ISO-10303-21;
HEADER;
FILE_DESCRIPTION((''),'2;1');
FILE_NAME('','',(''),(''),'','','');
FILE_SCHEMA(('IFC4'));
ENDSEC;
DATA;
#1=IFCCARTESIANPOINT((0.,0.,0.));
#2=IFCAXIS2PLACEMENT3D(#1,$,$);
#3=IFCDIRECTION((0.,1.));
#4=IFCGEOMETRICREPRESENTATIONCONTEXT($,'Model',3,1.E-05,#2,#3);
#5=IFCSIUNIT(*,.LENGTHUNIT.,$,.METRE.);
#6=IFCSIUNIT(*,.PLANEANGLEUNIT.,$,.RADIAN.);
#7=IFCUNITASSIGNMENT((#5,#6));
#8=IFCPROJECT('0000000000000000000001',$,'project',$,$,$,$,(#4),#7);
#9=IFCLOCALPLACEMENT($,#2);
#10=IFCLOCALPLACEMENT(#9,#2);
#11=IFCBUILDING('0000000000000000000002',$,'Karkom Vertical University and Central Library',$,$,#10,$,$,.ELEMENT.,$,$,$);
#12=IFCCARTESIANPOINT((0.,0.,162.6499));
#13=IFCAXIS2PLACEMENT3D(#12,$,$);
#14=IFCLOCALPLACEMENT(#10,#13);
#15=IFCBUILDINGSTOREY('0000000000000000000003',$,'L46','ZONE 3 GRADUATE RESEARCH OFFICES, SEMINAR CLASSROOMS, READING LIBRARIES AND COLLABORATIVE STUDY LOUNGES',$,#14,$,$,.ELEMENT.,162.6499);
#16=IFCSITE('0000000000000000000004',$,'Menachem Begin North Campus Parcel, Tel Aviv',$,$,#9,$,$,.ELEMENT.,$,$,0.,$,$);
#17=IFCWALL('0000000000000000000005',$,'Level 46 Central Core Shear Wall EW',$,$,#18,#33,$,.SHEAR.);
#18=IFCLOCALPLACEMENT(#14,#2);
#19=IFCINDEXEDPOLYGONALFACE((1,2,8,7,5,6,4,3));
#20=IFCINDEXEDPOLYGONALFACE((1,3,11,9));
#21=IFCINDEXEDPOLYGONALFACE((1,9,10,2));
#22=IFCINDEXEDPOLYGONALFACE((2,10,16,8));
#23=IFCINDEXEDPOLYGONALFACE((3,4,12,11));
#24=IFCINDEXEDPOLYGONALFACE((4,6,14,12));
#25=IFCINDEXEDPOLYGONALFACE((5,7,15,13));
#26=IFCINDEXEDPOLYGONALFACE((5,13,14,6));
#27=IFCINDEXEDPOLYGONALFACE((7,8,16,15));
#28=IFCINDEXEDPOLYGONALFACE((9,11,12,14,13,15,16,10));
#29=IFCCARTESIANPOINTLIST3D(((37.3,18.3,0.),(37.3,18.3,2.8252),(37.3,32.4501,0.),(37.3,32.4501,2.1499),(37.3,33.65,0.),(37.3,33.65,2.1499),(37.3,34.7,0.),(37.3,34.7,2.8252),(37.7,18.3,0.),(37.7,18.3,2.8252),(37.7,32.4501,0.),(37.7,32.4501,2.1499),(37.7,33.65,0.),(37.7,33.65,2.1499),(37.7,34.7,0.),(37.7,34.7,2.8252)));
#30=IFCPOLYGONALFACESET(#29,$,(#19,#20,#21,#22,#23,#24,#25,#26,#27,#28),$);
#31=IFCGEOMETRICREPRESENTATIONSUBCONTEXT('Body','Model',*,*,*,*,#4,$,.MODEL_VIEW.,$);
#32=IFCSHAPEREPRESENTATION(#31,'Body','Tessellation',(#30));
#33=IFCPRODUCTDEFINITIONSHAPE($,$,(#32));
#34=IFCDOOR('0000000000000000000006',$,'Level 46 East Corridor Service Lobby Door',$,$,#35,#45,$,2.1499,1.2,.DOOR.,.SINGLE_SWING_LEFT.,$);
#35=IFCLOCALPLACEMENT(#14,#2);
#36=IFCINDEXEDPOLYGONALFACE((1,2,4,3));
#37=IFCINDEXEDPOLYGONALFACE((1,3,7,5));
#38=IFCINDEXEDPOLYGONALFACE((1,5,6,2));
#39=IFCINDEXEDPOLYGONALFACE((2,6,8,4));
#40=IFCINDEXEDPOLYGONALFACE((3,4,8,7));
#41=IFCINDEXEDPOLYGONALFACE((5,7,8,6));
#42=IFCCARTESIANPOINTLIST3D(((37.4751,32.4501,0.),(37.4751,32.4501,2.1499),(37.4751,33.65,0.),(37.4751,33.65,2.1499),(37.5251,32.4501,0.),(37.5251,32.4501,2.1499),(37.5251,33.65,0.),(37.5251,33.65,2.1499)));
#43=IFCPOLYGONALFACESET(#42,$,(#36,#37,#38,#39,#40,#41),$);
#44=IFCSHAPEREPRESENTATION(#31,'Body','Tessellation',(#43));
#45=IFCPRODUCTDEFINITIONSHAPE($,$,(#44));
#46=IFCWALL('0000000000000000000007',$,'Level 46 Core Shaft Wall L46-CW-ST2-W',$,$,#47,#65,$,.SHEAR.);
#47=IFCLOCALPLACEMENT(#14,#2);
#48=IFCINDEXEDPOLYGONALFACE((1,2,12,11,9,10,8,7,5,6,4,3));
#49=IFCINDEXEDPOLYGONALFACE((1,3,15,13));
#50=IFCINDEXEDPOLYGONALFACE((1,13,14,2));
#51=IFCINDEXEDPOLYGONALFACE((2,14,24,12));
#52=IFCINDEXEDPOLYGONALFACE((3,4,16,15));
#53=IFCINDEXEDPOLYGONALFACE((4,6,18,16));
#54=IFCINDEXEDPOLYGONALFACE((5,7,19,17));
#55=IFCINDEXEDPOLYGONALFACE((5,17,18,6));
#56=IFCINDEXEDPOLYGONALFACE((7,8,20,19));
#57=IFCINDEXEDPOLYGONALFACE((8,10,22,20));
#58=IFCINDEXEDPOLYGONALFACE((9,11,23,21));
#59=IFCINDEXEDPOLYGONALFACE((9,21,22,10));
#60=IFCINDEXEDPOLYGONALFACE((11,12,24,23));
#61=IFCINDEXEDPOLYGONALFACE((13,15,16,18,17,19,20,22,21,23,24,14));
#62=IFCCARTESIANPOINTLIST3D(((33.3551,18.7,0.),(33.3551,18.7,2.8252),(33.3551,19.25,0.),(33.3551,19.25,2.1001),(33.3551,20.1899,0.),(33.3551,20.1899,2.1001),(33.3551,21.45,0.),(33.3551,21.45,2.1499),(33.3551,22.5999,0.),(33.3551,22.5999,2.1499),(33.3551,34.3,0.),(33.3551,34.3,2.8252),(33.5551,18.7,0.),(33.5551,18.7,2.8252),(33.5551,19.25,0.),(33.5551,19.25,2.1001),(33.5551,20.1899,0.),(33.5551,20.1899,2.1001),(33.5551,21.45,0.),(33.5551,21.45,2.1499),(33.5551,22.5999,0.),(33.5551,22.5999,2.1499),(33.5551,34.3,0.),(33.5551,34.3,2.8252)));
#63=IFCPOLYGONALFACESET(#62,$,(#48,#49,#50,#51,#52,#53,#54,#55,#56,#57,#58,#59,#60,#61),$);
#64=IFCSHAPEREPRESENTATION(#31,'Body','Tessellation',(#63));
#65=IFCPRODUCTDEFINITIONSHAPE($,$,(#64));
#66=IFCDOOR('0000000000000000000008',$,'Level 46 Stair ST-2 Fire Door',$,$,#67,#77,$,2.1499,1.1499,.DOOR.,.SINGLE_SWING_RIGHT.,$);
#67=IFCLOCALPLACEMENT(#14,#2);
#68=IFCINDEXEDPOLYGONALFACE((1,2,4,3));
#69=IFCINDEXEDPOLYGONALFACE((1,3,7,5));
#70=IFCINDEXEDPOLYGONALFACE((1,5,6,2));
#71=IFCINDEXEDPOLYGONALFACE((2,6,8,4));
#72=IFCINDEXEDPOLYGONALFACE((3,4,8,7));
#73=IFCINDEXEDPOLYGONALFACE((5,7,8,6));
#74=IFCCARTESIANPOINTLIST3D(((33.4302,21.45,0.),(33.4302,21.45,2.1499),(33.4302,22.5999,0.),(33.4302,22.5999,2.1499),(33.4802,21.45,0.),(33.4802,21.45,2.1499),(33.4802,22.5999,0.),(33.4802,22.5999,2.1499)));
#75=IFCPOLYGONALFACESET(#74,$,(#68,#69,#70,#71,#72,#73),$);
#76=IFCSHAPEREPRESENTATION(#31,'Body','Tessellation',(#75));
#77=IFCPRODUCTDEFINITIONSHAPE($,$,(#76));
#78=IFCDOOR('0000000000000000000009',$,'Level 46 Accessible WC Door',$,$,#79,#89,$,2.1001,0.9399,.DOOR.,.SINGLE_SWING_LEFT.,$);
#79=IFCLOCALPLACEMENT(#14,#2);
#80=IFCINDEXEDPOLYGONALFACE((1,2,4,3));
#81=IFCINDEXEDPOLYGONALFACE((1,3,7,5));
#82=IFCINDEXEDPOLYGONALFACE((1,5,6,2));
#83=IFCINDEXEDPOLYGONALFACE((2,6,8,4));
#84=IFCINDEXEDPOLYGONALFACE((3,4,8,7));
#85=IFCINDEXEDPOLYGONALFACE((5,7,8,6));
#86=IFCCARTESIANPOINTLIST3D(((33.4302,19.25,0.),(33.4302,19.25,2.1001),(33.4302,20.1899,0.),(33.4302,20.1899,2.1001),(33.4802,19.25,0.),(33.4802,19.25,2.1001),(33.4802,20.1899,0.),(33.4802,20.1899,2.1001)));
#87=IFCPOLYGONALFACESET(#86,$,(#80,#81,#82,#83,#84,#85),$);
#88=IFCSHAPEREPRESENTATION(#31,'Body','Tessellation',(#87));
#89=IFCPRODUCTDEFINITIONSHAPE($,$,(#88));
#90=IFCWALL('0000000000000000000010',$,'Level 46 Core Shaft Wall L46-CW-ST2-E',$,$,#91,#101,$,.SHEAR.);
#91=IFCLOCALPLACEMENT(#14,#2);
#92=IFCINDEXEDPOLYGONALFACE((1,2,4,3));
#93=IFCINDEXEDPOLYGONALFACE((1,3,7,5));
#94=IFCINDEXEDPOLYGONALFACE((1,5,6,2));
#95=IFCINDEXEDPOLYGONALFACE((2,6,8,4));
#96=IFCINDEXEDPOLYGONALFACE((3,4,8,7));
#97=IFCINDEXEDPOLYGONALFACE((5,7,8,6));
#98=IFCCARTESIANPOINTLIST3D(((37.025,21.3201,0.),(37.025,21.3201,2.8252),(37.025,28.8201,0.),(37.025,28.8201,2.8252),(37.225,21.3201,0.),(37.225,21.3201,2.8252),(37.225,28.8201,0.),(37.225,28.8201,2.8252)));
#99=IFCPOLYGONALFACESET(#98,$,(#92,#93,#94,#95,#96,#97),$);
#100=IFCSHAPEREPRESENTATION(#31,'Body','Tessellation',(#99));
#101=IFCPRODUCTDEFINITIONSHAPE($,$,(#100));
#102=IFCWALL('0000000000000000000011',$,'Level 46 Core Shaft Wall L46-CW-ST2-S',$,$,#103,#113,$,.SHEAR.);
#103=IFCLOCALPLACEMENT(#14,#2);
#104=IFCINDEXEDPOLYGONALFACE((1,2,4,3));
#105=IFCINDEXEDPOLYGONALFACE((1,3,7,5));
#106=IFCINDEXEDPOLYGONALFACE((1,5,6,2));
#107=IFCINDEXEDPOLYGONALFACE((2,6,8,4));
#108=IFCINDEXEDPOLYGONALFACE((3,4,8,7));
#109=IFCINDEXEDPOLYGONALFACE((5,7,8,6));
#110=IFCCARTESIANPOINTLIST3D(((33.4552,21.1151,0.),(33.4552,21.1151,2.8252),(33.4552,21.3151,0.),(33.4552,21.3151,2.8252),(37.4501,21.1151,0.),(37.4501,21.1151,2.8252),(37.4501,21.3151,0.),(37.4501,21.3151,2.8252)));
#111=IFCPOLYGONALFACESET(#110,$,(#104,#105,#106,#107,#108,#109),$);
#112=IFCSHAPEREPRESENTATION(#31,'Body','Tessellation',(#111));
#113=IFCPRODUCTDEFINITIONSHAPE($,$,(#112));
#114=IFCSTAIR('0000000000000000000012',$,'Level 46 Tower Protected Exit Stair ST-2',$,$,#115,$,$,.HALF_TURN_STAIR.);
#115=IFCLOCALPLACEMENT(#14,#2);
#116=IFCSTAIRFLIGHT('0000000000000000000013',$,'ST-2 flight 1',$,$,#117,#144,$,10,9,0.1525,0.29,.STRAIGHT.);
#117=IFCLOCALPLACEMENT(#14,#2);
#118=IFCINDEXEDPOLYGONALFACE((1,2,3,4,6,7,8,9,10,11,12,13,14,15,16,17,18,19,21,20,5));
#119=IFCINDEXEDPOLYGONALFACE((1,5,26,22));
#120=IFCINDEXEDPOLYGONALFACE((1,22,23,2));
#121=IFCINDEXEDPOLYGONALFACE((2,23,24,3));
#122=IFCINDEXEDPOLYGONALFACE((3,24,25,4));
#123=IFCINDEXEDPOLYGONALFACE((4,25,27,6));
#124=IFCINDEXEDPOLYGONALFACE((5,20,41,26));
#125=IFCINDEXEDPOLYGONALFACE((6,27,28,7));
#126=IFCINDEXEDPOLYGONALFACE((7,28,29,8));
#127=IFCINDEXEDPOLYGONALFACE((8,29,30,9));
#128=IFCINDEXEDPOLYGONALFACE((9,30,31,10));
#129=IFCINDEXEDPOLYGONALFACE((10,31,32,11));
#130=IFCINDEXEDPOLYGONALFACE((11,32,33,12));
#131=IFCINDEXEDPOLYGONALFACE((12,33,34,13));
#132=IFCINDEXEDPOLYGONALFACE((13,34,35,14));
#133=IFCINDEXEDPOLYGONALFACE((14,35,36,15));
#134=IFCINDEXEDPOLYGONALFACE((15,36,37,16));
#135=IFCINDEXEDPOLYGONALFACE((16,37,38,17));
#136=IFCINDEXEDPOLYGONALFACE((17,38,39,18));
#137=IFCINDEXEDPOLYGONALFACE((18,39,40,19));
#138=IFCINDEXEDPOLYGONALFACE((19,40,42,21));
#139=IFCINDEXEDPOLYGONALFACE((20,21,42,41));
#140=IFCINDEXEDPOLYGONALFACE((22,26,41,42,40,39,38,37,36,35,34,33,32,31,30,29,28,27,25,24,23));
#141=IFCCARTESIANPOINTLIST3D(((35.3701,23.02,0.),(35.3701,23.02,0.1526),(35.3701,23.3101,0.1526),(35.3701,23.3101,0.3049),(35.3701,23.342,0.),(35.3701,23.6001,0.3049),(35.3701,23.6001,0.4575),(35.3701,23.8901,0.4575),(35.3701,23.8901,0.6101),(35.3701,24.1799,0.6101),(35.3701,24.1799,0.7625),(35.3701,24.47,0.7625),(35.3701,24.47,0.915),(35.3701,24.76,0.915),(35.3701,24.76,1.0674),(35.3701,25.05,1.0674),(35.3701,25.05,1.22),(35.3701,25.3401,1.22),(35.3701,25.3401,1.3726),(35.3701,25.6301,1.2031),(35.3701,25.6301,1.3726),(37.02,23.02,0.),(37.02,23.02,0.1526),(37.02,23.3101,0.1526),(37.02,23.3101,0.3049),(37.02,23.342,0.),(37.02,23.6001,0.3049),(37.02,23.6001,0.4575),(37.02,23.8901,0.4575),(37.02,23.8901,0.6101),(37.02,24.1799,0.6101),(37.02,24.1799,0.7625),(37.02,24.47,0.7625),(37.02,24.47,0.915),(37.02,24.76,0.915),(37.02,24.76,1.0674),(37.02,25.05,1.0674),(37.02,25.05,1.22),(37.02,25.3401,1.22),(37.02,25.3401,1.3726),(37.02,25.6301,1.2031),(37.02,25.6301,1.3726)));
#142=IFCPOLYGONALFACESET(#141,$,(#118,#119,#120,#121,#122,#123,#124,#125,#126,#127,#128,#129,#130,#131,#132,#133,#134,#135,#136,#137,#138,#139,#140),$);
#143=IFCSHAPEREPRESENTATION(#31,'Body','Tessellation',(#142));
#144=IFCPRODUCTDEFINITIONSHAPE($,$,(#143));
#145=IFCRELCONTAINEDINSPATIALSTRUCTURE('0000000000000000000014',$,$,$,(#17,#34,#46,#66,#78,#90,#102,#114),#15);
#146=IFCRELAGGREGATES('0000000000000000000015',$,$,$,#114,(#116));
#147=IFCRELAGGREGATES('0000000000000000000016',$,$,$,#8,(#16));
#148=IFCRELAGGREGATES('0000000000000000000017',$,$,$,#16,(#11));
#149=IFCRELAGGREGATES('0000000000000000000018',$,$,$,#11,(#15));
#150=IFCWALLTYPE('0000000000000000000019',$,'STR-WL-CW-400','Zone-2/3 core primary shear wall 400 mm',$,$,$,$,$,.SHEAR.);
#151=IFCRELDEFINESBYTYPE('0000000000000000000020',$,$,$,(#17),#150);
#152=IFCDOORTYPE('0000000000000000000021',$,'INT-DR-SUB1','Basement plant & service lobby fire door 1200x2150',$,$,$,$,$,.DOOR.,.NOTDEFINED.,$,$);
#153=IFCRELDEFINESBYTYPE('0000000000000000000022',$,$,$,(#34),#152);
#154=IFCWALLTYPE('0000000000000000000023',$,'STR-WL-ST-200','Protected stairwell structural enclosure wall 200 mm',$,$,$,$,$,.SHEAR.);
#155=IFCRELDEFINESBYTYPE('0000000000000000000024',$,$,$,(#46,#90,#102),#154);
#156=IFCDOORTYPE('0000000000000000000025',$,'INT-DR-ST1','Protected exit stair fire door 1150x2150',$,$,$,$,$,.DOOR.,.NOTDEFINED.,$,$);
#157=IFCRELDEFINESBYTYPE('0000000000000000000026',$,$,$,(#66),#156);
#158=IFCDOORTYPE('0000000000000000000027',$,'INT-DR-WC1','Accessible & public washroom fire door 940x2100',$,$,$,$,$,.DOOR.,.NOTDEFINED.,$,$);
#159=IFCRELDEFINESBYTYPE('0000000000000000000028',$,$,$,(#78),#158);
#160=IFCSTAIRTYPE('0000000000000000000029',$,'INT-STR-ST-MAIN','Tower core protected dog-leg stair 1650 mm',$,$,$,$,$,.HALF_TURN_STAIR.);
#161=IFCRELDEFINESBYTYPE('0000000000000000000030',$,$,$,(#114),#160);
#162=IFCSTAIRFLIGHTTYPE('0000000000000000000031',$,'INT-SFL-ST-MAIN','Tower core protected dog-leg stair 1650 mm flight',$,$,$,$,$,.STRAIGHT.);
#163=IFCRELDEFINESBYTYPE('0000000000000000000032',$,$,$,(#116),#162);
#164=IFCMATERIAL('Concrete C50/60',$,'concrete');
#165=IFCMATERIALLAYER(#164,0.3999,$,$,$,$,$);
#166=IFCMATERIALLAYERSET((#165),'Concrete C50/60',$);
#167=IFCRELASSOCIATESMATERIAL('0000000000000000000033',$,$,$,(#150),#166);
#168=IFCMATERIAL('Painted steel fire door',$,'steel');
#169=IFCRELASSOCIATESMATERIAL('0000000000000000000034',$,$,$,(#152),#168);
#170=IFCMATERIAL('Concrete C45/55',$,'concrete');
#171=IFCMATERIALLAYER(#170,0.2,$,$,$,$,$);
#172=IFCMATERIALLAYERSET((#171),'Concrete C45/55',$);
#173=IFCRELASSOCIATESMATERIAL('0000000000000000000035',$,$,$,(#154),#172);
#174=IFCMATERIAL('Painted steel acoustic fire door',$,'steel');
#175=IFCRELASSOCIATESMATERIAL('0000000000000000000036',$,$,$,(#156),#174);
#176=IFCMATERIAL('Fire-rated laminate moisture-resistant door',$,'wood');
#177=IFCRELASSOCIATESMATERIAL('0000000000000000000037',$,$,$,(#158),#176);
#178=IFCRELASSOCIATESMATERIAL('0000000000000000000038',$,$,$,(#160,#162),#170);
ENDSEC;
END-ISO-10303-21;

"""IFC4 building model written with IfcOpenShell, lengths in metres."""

from ifc_helpers import new_model, si_unit, direction, frame, frame_2d, origin, origin_with_axes, place, context, subcontext, project, spatial, polyline, rectangle, outline, extrude, source, transform, mapped, material, layer, layer_set, type_object, element, fill, aggregate, save


model = new_model("IFC4")

# Units and contexts
model_context = context("Model", 3, precision=1e-05, world=origin(), true_north=direction((0.0, 1.0)))
body_context = subcontext(model_context, "Body", "Model", "MODEL_VIEW")
ifc_project = project(units=[si_unit("LENGTHUNIT", "METRE"), si_unit("PLANEANGLEUNIT", "RADIAN")], contexts=[model_context])

# Site, building, storey
site_placement = place(None, origin())
site = spatial("IfcSite", under=ifc_project, at=site_placement, Name="Menachem Begin North Campus Parcel, Tel Aviv", CompositionType="ELEMENT", RefElevation=0.0)
building_placement = place(site_placement, origin())
building = spatial("IfcBuilding", under=site, at=building_placement, Name="Karkom Vertical University and Central Library", CompositionType="ELEMENT")
storey_placement = place(building_placement, frame((0.0, 0.0, 162.6499)))
storey = spatial("IfcBuildingStorey", under=building, at=storey_placement, Name="L46", Description="ZONE 3 GRADUATE RESEARCH OFFICES, SEMINAR CLASSROOMS, READING LIBRARIES AND COLLABORATIVE STUDY LOUNGES", CompositionType="ELEMENT", Elevation=162.6499)

# Shared definitions
ifc_material_1 = material(Name="Concrete C50/60", Category="concrete")

# Wall, opening, door
ifc_layer_1 = layer(ifc_material_1, 0.3999)
ifc_layer_set_1 = layer_set([ifc_layer_1], Name="Concrete C50/60")
wall_type_1 = type_object("IfcWallType", Name="STR-WL-CW-400", Description="Zone-2/3 core primary shear wall 400 mm", PredefinedType="SHEAR", material=ifc_layer_set_1)
wall_1_placement = place(storey_placement, frame((37.5, 18.3, 0.0), z_axis=(0.0, 0.0, 1.0), x_axis=(0.0, 1.0, 0.0)))
wall_1 = element("IfcWall", 1, at=wall_1_placement, inside=storey, type_object=wall_type_1, Name="Level 46 Central Core Shear Wall EW", PredefinedType="SHEAR", context=body_context, shape_type="SweptSolid", body=[
    extrude(rectangle(XDim=16.3999, YDim=0.3999, at=frame_2d((8.2, 0.0))), origin(), (0.0, 0.0, 1.0), 2.8252),
])
opening_1_placement = place(wall_1_placement, frame((14.1499, 0.0, 0.0)))
opening_1 = element("IfcOpeningElement", 2, at=opening_1_placement, cuts=wall_1, PredefinedType="OPENING", context=body_context, shape_type="SweptSolid", body=[
    extrude(rectangle(XDim=1.2, YDim=2.1499, at=frame_2d((0.6001, 1.075))), frame((0.0, 0.21, 0.0), z_axis=(0.0, -1.0, 0.0), x_axis=(1.0, 0.0, 0.0)), (0.0, 0.0, 1.0), 0.4199),
])
ifc_material_2 = material(Name="Painted steel fire door", Category="steel")
door_type_1 = type_object("IfcDoorType", Name="INT-DR-SUB1", Description="Basement plant & service lobby fire door 1200x2150", OperationType="NOTDEFINED", PredefinedType="DOOR", material=ifc_material_2)
shared_shape_1 = source(origin_with_axes(), body_context, "Body", "SweptSolid", [
    extrude(rectangle(XDim=1.2, YDim=2.1499, at=frame_2d((0.6001, 1.075))), frame((0.0, 0.0249, 0.0), z_axis=(0.0, -1.0, 0.0), x_axis=(1.0, 0.0, 0.0)), (0.0, 0.0, 1.0), 0.05),
])
door_1_placement = place(opening_1_placement, origin())
door_1 = element("IfcDoor", 3, at=door_1_placement, inside=storey, type_object=door_type_1, Name="Level 46 East Corridor Service Lobby Door", OperationType="SINGLE_SWING_LEFT", OverallHeight=2.1499, OverallWidth=1.2, PredefinedType="DOOR", context=body_context, shape_type="MappedRepresentation", body=[
    mapped(shared_shape_1, transform((0.0, 0.0, 0.0), scale=1.0)),
])
fill(opening_1, door_1)

# Wall, openings, doors
ifc_material_3 = material(Name="Concrete C45/55", Category="concrete")
ifc_layer_2 = layer(ifc_material_3, 0.2)
ifc_layer_set_2 = layer_set([ifc_layer_2], Name="Concrete C45/55")
wall_type_2 = type_object("IfcWallType", Name="STR-WL-ST-200", Description="Protected stairwell structural enclosure wall 200 mm", PredefinedType="SHEAR", material=ifc_layer_set_2)
wall_2_placement = place(storey_placement, frame((33.4551, 18.7, 0.0), z_axis=(0.0, 0.0, 1.0), x_axis=(0.0, 1.0, 0.0)))
wall_2 = element("IfcWall", 4, at=wall_2_placement, inside=storey, type_object=wall_type_2, Name="Level 46 Core Shaft Wall L46-CW-ST2-W", PredefinedType="SHEAR", context=body_context, shape_type="SweptSolid", body=[
    extrude(rectangle(XDim=15.6001, YDim=0.2, at=frame_2d((7.8, 0.0))), origin(), (0.0, 0.0, 1.0), 2.8252),
])
opening_2_placement = place(wall_2_placement, frame((2.75, 0.0, 0.0)))
opening_2 = element("IfcOpeningElement", 5, at=opening_2_placement, cuts=wall_2, PredefinedType="OPENING", context=body_context, shape_type="SweptSolid", body=[
    extrude(rectangle(XDim=1.1499, YDim=2.1499, at=frame_2d((0.575, 1.075))), frame((0.0, 0.1099, 0.0), z_axis=(0.0, -1.0, 0.0), x_axis=(1.0, 0.0, 0.0)), (0.0, 0.0, 1.0), 0.22),
])
opening_3_placement = place(wall_2_placement, frame((0.55, 0.0, 0.0)))
opening_3 = element("IfcOpeningElement", 6, at=opening_3_placement, cuts=wall_2, PredefinedType="OPENING", context=body_context, shape_type="SweptSolid", body=[
    extrude(rectangle(XDim=0.9399, YDim=2.1001, at=frame_2d((0.47, 1.05))), frame((0.0, 0.1099, 0.0), z_axis=(0.0, -1.0, 0.0), x_axis=(1.0, 0.0, 0.0)), (0.0, 0.0, 1.0), 0.22),
])
ifc_material_4 = material(Name="Painted steel acoustic fire door", Category="steel")
door_type_2 = type_object("IfcDoorType", Name="INT-DR-ST1", Description="Protected exit stair fire door 1150x2150", OperationType="NOTDEFINED", PredefinedType="DOOR", material=ifc_material_4)
shared_shape_2 = source(origin_with_axes(), body_context, "Body", "SweptSolid", [
    extrude(rectangle(XDim=1.1499, YDim=2.1499, at=frame_2d((0.575, 1.075))), frame((0.0, 0.0249, 0.0), z_axis=(0.0, -1.0, 0.0), x_axis=(1.0, 0.0, 0.0)), (0.0, 0.0, 1.0), 0.05),
])
door_2_placement = place(opening_2_placement, origin())
door_2 = element("IfcDoor", 7, at=door_2_placement, inside=storey, type_object=door_type_2, Name="Level 46 Stair ST-2 Fire Door", OperationType="SINGLE_SWING_RIGHT", OverallHeight=2.1499, OverallWidth=1.1499, PredefinedType="DOOR", context=body_context, shape_type="MappedRepresentation", body=[
    mapped(shared_shape_2, transform((0.0, 0.0, 0.0), scale=1.0)),
])
fill(opening_2, door_2)
ifc_material_5 = material(Name="Fire-rated laminate moisture-resistant door", Category="wood")
door_type_3 = type_object("IfcDoorType", Name="INT-DR-WC1", Description="Accessible & public washroom fire door 940x2100", OperationType="NOTDEFINED", PredefinedType="DOOR", material=ifc_material_5)
shared_shape_3 = source(origin_with_axes(), body_context, "Body", "SweptSolid", [
    extrude(rectangle(XDim=0.9399, YDim=2.1001, at=frame_2d((0.47, 1.05))), frame((0.0, 0.0249, 0.0), z_axis=(0.0, -1.0, 0.0), x_axis=(1.0, 0.0, 0.0)), (0.0, 0.0, 1.0), 0.05),
])
door_3_placement = place(opening_3_placement, origin())
door_3 = element("IfcDoor", 8, at=door_3_placement, inside=storey, type_object=door_type_3, Name="Level 46 Accessible WC Door", OperationType="SINGLE_SWING_LEFT", OverallHeight=2.1001, OverallWidth=0.9399, PredefinedType="DOOR", context=body_context, shape_type="MappedRepresentation", body=[
    mapped(shared_shape_3, transform((0.0, 0.0, 0.0), scale=1.0)),
])
fill(opening_3, door_3)

# Walls
wall_3_placement = place(storey_placement, frame((37.125, 21.3201, 0.0), z_axis=(0.0, 0.0, 1.0), x_axis=(0.0, 1.0, 0.0)))
element("IfcWall", 9, at=wall_3_placement, inside=storey, type_object=wall_type_2, Name="Level 46 Core Shaft Wall L46-CW-ST2-E", PredefinedType="SHEAR", context=body_context, shape_type="SweptSolid", body=[
    extrude(rectangle(XDim=7.5, YDim=0.2, at=frame_2d((3.75, 0.0))), origin(), (0.0, 0.0, 1.0), 2.8252),
])
wall_4_placement = place(storey_placement, frame((33.4551, 21.2151, 0.0), z_axis=(0.0, 0.0, 1.0), x_axis=(1.0, 0.0, 0.0)))
element("IfcWall", 10, at=wall_4_placement, inside=storey, type_object=wall_type_2, Name="Level 46 Core Shaft Wall L46-CW-ST2-S", PredefinedType="SHEAR", context=body_context, shape_type="SweptSolid", body=[
    extrude(rectangle(XDim=3.9949, YDim=0.2, at=frame_2d((1.9976, 0.0))), origin(), (0.0, 0.0, 1.0), 2.8252),
])

# Stair, stair flight
stair_type = type_object("IfcStairType", Name="INT-STR-ST-MAIN", Description="Tower core protected dog-leg stair 1650 mm", PredefinedType="HALF_TURN_STAIR", material=ifc_material_3)
stair_placement = place(storey_placement, origin())
stair = element("IfcStair", 11, at=stair_placement, inside=storey, type_object=stair_type, Name="Level 46 Tower Protected Exit Stair ST-2", PredefinedType="HALF_TURN_STAIR")
stair_flight_type = type_object("IfcStairFlightType", Name="INT-SFL-ST-MAIN", Description="Tower core protected dog-leg stair 1650 mm flight", PredefinedType="STRAIGHT", material=ifc_material_3)
stair_flight_placement = place(storey_placement, frame((36.1951, 23.02, 0.0), z_axis=(0.0, 0.0, 1.0), x_axis=(0.0, 1.0, 0.0)))
stair_flight = element("IfcStairFlight", 12, at=stair_flight_placement, type_object=stair_flight_type, Name="ST-2 flight 1", NumberOfRisers=10, NumberOfTreads=9, PredefinedType="STRAIGHT", RiserHeight=0.1525, TreadLength=0.29, context=body_context, shape_type="SweptSolid", body=[
    extrude(outline(polyline([(0.0, 0.0), (0.0, 0.1526), (0.29, 0.1526), (0.29, 0.3049), (0.5801, 0.3049), (0.5801, 0.4575), (0.8701, 0.4575), (0.8701, 0.6101), (1.1599, 0.6101), (1.1599, 0.7625), (1.45, 0.7625), (1.45, 0.915), (1.74, 0.915), (1.74, 1.0674), (2.03, 1.0674), (2.03, 1.22), (2.3201, 1.22), (2.3201, 1.3726), (2.6101, 1.3726), (2.6101, 1.5249), (2.6101, 1.2031), (0.322, 0.0), (0.0, 0.0)])), frame((0.0, 0.825, 0.0), z_axis=(0.0, -1.0, 0.0), x_axis=(1.0, 0.0, 0.0)), (0.0, 0.0, 1.0), 1.6499),
])
aggregate(stair, [stair_flight])

save(model, "model.ifc")
